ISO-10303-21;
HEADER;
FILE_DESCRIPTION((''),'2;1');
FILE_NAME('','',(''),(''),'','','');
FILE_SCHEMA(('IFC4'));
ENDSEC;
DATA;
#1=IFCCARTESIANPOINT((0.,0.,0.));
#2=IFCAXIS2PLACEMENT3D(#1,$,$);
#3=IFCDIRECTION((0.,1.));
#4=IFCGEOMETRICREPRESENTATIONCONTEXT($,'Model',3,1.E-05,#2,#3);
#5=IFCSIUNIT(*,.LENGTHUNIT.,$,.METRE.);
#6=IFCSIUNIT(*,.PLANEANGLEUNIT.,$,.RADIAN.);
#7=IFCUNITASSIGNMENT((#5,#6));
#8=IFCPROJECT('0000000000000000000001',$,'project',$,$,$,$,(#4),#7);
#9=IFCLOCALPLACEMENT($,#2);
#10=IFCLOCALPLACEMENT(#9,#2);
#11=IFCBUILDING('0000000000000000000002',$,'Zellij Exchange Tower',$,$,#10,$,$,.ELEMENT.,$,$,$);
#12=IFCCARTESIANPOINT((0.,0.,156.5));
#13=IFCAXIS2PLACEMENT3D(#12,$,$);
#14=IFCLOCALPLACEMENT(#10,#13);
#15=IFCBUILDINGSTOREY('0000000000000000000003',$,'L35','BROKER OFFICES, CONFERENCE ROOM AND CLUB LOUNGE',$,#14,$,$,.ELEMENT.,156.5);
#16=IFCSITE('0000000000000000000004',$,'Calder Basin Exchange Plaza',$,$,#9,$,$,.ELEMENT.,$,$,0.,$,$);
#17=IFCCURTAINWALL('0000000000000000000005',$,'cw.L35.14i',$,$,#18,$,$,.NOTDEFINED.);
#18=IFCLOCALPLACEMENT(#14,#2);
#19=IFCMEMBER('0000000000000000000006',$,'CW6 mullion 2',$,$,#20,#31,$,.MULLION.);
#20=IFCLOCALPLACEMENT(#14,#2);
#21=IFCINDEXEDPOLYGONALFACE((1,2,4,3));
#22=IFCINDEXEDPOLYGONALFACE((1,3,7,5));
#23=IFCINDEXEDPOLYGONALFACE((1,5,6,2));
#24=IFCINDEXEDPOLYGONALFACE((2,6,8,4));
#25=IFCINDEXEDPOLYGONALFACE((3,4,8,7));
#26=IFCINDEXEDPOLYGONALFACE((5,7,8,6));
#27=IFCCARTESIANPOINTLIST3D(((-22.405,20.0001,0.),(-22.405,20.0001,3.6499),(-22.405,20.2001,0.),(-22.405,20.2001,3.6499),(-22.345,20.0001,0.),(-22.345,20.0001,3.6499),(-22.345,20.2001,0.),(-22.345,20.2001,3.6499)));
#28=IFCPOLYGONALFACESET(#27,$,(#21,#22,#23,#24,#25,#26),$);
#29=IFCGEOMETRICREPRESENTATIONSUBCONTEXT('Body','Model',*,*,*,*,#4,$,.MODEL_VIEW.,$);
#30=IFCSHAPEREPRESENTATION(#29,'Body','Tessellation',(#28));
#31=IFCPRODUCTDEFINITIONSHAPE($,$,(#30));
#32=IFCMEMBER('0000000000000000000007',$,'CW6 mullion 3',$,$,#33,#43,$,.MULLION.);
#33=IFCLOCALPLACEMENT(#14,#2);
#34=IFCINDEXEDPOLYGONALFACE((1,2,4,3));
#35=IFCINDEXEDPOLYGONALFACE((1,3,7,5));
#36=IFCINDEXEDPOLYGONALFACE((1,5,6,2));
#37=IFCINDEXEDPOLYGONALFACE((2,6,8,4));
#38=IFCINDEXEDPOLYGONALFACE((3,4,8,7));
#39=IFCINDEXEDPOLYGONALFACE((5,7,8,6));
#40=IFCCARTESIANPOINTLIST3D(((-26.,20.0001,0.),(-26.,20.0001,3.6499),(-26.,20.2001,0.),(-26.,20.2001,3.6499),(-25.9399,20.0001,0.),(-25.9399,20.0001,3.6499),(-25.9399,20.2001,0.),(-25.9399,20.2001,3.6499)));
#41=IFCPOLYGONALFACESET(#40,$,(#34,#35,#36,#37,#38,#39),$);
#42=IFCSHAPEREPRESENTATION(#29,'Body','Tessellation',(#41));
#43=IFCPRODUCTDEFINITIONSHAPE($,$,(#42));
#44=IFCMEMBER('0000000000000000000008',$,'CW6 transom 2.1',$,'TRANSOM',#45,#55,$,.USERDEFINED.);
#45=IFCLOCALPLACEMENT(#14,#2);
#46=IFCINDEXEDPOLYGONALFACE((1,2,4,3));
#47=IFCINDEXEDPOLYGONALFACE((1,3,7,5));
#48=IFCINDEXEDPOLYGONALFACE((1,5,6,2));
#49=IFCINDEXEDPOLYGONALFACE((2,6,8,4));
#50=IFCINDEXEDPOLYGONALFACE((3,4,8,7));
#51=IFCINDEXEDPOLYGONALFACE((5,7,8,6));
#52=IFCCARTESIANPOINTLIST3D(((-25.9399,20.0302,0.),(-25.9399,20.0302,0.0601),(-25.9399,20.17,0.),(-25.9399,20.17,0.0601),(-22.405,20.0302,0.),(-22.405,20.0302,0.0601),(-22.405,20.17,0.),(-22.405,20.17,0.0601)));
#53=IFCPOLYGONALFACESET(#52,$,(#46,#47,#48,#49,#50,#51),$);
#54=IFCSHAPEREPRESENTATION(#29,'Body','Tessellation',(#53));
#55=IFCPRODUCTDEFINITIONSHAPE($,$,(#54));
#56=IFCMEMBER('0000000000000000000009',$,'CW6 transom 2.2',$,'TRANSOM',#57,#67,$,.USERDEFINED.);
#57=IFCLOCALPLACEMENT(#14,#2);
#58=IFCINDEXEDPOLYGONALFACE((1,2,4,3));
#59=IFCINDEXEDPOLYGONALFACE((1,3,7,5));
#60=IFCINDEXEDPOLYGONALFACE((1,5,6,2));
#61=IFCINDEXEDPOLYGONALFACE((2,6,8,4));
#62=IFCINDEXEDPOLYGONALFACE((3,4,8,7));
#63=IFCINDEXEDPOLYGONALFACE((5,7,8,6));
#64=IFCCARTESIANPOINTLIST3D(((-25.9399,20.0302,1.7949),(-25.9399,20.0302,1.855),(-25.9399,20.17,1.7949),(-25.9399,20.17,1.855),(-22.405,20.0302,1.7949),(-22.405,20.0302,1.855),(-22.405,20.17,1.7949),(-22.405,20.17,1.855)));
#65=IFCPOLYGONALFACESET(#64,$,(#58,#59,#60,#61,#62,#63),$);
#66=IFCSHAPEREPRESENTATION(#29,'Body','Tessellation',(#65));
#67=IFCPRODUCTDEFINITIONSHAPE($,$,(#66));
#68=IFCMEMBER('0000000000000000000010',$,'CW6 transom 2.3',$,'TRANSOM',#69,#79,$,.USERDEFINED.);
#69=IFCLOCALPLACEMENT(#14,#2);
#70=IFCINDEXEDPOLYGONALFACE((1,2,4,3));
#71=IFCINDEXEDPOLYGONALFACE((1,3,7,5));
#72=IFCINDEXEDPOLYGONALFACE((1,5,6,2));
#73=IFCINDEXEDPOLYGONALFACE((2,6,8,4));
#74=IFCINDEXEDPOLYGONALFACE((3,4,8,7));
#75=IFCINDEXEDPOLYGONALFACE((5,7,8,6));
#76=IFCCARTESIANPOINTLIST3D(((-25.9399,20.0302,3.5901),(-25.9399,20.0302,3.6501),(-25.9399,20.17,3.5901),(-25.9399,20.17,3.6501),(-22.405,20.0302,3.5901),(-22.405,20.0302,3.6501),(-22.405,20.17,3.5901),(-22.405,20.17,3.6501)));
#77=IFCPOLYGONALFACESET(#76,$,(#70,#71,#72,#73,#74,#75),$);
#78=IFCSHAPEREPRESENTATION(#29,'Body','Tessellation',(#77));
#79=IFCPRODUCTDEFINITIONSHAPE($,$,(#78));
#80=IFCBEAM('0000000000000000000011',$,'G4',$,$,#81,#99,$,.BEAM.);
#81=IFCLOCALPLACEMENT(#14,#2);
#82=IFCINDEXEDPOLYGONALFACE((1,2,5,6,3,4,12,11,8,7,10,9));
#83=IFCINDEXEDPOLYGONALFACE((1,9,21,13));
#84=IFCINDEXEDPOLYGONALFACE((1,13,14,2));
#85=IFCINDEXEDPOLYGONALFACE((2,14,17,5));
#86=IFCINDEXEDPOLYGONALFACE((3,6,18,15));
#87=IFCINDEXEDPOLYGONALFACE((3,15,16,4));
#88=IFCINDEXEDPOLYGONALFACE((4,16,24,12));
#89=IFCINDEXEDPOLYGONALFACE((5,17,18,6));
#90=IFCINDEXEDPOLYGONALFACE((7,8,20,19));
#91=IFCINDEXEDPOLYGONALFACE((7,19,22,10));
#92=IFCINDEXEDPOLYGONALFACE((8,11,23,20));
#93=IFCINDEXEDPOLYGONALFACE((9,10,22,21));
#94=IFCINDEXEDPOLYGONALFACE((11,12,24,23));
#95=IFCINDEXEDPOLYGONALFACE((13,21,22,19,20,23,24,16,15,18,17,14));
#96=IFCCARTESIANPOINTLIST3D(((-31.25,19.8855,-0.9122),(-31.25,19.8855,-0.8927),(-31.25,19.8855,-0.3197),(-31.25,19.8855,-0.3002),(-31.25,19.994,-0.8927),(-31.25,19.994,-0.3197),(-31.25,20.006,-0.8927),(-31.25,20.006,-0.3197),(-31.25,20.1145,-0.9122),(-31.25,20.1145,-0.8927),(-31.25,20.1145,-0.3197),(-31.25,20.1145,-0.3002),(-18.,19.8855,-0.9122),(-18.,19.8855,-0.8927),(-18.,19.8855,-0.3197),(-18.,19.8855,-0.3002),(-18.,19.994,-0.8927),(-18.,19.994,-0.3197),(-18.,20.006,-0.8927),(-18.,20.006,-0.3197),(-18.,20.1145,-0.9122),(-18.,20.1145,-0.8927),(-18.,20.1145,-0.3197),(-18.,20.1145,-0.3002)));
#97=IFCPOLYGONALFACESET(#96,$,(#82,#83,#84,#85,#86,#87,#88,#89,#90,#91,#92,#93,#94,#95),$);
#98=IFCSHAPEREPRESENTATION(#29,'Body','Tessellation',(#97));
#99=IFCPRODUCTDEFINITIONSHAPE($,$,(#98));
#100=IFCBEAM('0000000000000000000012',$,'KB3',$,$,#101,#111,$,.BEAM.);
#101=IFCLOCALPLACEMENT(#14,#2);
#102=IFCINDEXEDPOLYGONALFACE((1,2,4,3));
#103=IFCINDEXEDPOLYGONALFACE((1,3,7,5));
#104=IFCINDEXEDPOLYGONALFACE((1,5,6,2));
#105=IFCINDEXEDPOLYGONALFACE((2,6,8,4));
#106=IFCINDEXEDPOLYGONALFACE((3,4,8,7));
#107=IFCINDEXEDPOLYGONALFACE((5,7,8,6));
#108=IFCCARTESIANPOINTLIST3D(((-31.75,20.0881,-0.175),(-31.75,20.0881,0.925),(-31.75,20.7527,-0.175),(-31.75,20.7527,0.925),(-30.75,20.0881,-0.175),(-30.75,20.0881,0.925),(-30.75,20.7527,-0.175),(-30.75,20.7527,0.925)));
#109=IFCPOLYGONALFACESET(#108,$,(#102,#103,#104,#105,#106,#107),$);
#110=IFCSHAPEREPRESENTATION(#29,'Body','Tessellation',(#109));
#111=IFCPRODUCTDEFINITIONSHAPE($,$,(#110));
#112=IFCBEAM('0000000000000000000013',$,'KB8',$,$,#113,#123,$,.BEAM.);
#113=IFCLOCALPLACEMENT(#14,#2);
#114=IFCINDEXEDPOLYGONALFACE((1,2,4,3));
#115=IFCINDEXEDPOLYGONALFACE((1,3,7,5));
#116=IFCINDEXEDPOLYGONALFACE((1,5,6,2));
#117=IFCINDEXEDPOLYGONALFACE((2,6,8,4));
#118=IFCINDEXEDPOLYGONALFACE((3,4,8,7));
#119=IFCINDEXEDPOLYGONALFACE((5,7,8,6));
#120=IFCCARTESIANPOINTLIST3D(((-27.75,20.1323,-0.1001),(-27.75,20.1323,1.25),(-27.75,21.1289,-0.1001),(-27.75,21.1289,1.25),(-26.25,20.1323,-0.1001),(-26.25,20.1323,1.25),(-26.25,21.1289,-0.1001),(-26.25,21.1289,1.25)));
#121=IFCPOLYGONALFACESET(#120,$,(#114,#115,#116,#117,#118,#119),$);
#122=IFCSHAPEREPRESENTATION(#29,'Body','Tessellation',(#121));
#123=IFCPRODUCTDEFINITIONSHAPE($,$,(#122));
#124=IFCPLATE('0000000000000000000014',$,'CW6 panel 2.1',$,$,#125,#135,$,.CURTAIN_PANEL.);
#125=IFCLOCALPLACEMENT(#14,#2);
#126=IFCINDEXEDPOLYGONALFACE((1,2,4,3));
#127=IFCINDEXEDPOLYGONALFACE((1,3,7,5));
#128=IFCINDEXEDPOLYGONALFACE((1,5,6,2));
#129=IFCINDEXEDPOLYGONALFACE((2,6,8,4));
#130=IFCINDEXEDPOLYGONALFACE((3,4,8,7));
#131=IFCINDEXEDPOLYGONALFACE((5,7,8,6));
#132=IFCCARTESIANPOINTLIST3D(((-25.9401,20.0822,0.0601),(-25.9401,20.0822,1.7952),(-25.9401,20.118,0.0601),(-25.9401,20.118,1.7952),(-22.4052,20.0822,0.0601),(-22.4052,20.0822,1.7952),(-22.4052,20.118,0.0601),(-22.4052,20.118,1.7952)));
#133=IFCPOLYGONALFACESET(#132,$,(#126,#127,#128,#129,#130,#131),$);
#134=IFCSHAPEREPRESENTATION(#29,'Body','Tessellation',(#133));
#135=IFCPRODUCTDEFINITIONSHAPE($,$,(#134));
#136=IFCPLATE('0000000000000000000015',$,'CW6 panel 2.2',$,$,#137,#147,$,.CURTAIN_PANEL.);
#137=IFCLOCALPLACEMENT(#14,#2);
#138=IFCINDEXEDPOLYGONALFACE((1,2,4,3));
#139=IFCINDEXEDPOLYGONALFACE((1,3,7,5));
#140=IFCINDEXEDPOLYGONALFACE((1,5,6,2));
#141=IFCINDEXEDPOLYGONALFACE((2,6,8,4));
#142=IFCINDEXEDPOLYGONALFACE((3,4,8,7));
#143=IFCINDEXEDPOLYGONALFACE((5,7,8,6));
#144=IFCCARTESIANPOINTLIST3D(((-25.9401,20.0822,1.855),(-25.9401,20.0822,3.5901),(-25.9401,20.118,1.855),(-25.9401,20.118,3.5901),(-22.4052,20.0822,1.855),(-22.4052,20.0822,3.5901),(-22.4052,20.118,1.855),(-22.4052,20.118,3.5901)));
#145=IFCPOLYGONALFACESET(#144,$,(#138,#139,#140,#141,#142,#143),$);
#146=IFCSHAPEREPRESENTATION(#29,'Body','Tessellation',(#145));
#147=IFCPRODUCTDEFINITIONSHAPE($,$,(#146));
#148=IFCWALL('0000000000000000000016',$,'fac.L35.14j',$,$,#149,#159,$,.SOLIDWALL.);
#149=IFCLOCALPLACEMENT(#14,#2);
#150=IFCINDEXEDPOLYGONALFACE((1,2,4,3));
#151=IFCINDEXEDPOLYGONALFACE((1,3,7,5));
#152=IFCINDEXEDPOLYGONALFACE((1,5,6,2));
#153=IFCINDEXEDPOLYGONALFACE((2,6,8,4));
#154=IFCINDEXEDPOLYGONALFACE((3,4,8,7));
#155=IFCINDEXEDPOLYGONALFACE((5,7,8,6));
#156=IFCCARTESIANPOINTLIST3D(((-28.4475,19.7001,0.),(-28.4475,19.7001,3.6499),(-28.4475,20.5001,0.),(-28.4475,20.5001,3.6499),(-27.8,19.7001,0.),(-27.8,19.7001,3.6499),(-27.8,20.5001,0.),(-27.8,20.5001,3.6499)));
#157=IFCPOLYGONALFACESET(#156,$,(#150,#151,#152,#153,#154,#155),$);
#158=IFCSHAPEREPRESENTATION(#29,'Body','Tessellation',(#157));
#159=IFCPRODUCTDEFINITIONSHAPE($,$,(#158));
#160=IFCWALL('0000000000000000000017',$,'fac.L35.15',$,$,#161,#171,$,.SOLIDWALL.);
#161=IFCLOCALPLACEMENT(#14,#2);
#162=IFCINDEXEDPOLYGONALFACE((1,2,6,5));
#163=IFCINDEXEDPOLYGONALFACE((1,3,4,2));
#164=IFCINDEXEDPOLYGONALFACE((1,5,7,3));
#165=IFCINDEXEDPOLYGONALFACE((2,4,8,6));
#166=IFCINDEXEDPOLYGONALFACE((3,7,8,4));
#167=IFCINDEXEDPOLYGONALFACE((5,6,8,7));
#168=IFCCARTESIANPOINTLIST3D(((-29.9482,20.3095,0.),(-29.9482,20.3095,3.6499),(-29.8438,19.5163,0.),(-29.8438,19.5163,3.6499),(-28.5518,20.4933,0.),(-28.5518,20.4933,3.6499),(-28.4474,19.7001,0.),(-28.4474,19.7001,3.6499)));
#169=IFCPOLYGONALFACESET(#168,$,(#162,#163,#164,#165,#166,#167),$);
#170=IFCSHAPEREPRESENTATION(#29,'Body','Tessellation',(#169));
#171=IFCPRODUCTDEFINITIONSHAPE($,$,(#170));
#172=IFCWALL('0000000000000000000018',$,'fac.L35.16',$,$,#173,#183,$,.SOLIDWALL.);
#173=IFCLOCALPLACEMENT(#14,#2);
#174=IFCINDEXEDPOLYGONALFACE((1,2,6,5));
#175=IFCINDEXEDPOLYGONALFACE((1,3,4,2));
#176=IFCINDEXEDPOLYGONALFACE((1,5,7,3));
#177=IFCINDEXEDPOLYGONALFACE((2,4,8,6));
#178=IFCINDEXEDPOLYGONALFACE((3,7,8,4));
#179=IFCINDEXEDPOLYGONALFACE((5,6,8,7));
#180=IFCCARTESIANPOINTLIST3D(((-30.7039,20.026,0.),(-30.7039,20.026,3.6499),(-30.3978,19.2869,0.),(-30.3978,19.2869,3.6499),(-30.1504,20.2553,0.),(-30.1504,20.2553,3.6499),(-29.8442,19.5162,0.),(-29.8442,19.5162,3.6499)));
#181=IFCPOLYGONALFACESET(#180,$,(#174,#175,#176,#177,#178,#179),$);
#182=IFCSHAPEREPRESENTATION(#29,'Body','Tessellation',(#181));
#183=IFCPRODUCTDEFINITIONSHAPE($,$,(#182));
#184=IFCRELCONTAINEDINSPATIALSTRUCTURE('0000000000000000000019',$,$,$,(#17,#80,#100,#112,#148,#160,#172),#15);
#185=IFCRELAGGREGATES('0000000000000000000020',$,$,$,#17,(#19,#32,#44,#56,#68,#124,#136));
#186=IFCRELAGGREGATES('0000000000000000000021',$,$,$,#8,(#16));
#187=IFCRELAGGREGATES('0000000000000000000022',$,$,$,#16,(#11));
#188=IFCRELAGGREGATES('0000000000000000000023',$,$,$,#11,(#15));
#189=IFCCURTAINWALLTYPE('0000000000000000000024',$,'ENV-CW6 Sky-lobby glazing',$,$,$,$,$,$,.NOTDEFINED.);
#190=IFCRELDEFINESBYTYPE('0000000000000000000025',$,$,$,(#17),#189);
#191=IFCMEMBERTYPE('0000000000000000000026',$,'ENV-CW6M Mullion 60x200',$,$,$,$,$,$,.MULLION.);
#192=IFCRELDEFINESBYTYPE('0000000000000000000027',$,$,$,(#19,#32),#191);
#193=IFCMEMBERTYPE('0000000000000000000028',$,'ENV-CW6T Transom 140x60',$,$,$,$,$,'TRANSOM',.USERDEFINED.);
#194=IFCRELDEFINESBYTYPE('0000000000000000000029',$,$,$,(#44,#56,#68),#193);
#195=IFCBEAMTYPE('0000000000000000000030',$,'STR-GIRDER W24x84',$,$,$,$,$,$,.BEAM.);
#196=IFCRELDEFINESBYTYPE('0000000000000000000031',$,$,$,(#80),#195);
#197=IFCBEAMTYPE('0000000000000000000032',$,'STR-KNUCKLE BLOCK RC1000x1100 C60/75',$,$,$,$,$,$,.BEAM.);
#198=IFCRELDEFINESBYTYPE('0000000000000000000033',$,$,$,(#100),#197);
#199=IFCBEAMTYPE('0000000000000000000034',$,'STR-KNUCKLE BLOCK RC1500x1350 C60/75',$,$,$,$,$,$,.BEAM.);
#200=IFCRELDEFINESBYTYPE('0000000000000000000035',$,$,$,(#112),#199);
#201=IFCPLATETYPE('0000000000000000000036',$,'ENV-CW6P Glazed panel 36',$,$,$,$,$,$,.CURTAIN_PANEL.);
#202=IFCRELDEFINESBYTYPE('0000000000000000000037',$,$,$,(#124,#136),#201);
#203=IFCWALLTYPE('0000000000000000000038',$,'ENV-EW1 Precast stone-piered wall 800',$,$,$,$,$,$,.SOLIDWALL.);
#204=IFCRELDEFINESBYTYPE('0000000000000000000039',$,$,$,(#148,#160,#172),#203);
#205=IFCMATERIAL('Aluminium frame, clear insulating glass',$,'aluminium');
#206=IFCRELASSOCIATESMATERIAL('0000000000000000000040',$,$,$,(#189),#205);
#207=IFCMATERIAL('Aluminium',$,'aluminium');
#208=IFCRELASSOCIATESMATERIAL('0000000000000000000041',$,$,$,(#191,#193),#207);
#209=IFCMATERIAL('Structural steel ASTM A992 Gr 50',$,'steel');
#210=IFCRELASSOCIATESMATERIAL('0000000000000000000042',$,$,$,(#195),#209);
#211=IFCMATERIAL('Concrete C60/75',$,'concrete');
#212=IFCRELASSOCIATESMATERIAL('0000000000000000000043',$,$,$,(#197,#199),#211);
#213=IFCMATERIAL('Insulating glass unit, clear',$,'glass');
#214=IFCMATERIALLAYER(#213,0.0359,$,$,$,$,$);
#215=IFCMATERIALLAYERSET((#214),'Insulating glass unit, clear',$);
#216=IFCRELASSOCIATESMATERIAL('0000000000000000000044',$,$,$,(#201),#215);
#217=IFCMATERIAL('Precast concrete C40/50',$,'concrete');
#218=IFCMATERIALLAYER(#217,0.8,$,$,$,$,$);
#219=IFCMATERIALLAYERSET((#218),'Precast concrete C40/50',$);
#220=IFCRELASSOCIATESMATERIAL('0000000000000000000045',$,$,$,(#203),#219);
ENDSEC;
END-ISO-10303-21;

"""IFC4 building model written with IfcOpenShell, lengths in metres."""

from ifc_helpers import new_model, si_unit, direction, frame, frame_2d, origin, origin_2d, place, context, subcontext, project, spatial, rectangle, i_section, extrude, material, layer, layer_set, material_profile, profile_set, type_object, element, aggregate, save


model = new_model("IFC4")

# Units and contexts
model_context = context("Model", 3, precision=1e-05, world=origin(), true_north=direction((0.0, 1.0)))
body_context = subcontext(model_context, "Body", "Model", "MODEL_VIEW")
ifc_project = project(units=[si_unit("LENGTHUNIT", "METRE"), si_unit("PLANEANGLEUNIT", "RADIAN")], contexts=[model_context])

# Site, building, storey
site_placement = place(None, origin())
site = spatial("IfcSite", under=ifc_project, at=site_placement, Name="Calder Basin Exchange Plaza", CompositionType="ELEMENT", RefElevation=0.0)
building_placement = place(site_placement, origin())
building = spatial("IfcBuilding", under=site, at=building_placement, Name="Zellij Exchange Tower", CompositionType="ELEMENT")
storey_placement = place(building_placement, frame((0.0, 0.0, 156.5)))
storey = spatial("IfcBuildingStorey", under=building, at=storey_placement, Name="L35", Description="BROKER OFFICES, CONFERENCE ROOM AND CLUB LOUNGE", CompositionType="ELEMENT", Elevation=156.5)

# Shared definitions
ifc_material_1 = material(Name="Concrete C60/75", Category="concrete")

# Curtain wall, members
ifc_material_2 = material(Name="Aluminium frame, clear insulating glass", Category="aluminium")
curtain_wall_type = type_object("IfcCurtainWallType", Name="ENV-CW6 Sky-lobby glazing", PredefinedType="NOTDEFINED", material=ifc_material_2)
curtain_wall_placement = place(storey_placement, origin())
curtain_wall = element("IfcCurtainWall", 1, at=curtain_wall_placement, inside=storey, type_object=curtain_wall_type, Name="cw.L35.14i", PredefinedType="NOTDEFINED")
ifc_material_3 = material(Name="Aluminium", Category="aluminium")
ifc_material_profile_1 = material_profile(ifc_material_3, rectangle(XDim=0.0601, YDim=0.2, at=origin_2d()), Name="AL 60x200")
ifc_profile_set_1 = profile_set([ifc_material_profile_1], Name="Aluminium")
member_type_1 = type_object("IfcMemberType", Name="ENV-CW6M Mullion 60x200", PredefinedType="MULLION", material=ifc_profile_set_1)
member_1_placement = place(storey_placement, frame((-22.375, 20.1001, 0.0), z_axis=(0.0, 0.0, 1.0), x_axis=(-1.0, 0.0, 0.0)))
member_1 = element("IfcMember", 2, at=member_1_placement, type_object=member_type_1, Name="CW6 mullion 2", PredefinedType="MULLION", context=body_context, shape_type="SweptSolid", body=[
    extrude(rectangle(XDim=0.0601, YDim=0.2, at=origin_2d()), origin(), (0.0, 0.0, 1.0), 3.6499),
])
member_2_placement = place(storey_placement, frame((-25.97, 20.1001, 0.0), z_axis=(0.0, 0.0, 1.0), x_axis=(-1.0, 0.0, 0.0)))
member_2 = element("IfcMember", 3, at=member_2_placement, type_object=member_type_1, Name="CW6 mullion 3", PredefinedType="MULLION", context=body_context, shape_type="SweptSolid", body=[
    extrude(rectangle(XDim=0.0601, YDim=0.2, at=origin_2d()), origin(), (0.0, 0.0, 1.0), 3.6499),
])
ifc_material_profile_2 = material_profile(ifc_material_3, rectangle(XDim=0.1399, YDim=0.0601, at=origin_2d()), Name="AL 140x60")
ifc_profile_set_2 = profile_set([ifc_material_profile_2], Name="Aluminium")
member_type_2 = type_object("IfcMemberType", Name="ENV-CW6T Transom 140x60", ElementType="TRANSOM", PredefinedType="USERDEFINED", material=ifc_profile_set_2)
member_3_placement = place(storey_placement, frame((-22.405, 20.1001, 0.03), z_axis=(-1.0, 0.0, 0.0), x_axis=(0.0, -1.0, 0.0)))
member_3 = element("IfcMember", 4, at=member_3_placement, type_object=member_type_2, Name="CW6 transom 2.1", ObjectType="TRANSOM", PredefinedType="USERDEFINED", context=body_context, shape_type="SweptSolid", body=[
    extrude(rectangle(XDim=0.1399, YDim=0.0601, at=origin_2d()), origin(), (0.0, 0.0, 1.0), 3.5349),
])
member_4_placement = place(storey_placement, frame((-22.405, 20.1001, 1.825), z_axis=(-1.0, 0.0, 0.0), x_axis=(0.0, -1.0, 0.0)))
member_4 = element("IfcMember", 5, at=member_4_placement, type_object=member_type_2, Name="CW6 transom 2.2", ObjectType="TRANSOM", PredefinedType="USERDEFINED", context=body_context, shape_type="SweptSolid", body=[
    extrude(rectangle(XDim=0.1399, YDim=0.0601, at=origin_2d()), origin(), (0.0, 0.0, 1.0), 3.5349),
])
member_5_placement = place(storey_placement, frame((-22.405, 20.1001, 3.6201), z_axis=(-1.0, 0.0, 0.0), x_axis=(0.0, -1.0, 0.0)))
member_5 = element("IfcMember", 6, at=member_5_placement, type_object=member_type_2, Name="CW6 transom 2.3", ObjectType="TRANSOM", PredefinedType="USERDEFINED", context=body_context, shape_type="SweptSolid", body=[
    extrude(rectangle(XDim=0.1399, YDim=0.0601, at=origin_2d()), origin(), (0.0, 0.0, 1.0), 3.5349),
])

# Beams
ifc_material_4 = material(Name="Structural steel ASTM A992 Gr 50", Category="steel")
ifc_material_profile_3 = material_profile(ifc_material_4, i_section(OverallWidth=0.229, OverallDepth=0.6121, WebThickness=0.012, FlangeThickness=0.0195, at=origin_2d()), Name="W24x84")
ifc_profile_set_3 = profile_set([ifc_material_profile_3], Name="Structural steel ASTM A992 Gr 50")
beam_type_1 = type_object("IfcBeamType", Name="STR-GIRDER W24x84", PredefinedType="BEAM", material=ifc_profile_set_3)
beam_1_placement = place(storey_placement, frame((-31.25, 20.0, -0.6062), z_axis=(1.0, 0.0, 0.0), x_axis=(0.0, 1.0, 0.0)))
element("IfcBeam", 7, at=beam_1_placement, inside=storey, type_object=beam_type_1, Name="G4", PredefinedType="BEAM", context=body_context, shape_type="SweptSolid", body=[
    extrude(i_section(OverallWidth=0.229, OverallDepth=0.6121, WebThickness=0.012, FlangeThickness=0.0195, at=origin_2d()), origin(), (0.0, 0.0, 1.0), 13.25),
])
ifc_material_profile_4 = material_profile(ifc_material_1, rectangle(XDim=1.0, YDim=1.1001, at=origin_2d()), Name="STR-KNUCKLE BLOCK RC1000x1100 C60/75")
ifc_profile_set_4 = profile_set([ifc_material_profile_4], Name="Concrete C60/75")
beam_type_2 = type_object("IfcBeamType", Name="STR-KNUCKLE BLOCK RC1000x1100 C60/75", PredefinedType="BEAM", material=ifc_profile_set_4)
beam_2_placement = place(storey_placement, frame((-31.25, 20.0881, 0.375), z_axis=(0.0, 1.0, 0.0), x_axis=(-1.0, 0.0, 0.0)))
element("IfcBeam", 8, at=beam_2_placement, inside=storey, type_object=beam_type_2, Name="KB3", PredefinedType="BEAM", context=body_context, shape_type="SweptSolid", body=[
    extrude(rectangle(XDim=1.0, YDim=1.1001, at=origin_2d()), origin(), (0.0, 0.0, 1.0), 0.6646),
])
ifc_material_profile_5 = material_profile(ifc_material_1, rectangle(XDim=1.5, YDim=1.3501, at=origin_2d()), Name="STR-KNUCKLE BLOCK RC1500x1350 C60/75")
ifc_profile_set_5 = profile_set([ifc_material_profile_5], Name="Concrete C60/75")
beam_type_3 = type_object("IfcBeamType", Name="STR-KNUCKLE BLOCK RC1500x1350 C60/75", PredefinedType="BEAM", material=ifc_profile_set_5)
beam_3_placement = place(storey_placement, frame((-27.0, 20.1323, 0.575), z_axis=(0.0, 1.0, 0.0), x_axis=(-1.0, 0.0, 0.0)))
element("IfcBeam", 9, at=beam_3_placement, inside=storey, type_object=beam_type_3, Name="KB8", PredefinedType="BEAM", context=body_context, shape_type="SweptSolid", body=[
    extrude(rectangle(XDim=1.5, YDim=1.3501, at=origin_2d()), origin(), (0.0, 0.0, 1.0), 0.9966),
])

# Plates
ifc_material_5 = material(Name="Insulating glass unit, clear", Category="glass")
ifc_layer_1 = layer(ifc_material_5, 0.0359)
ifc_layer_set_1 = layer_set([ifc_layer_1], Name="Insulating glass unit, clear")
plate_type = type_object("IfcPlateType", Name="ENV-CW6P Glazed panel 36", PredefinedType="CURTAIN_PANEL", material=ifc_layer_set_1)
plate_1_placement = place(storey_placement, frame((-24.1726, 20.1001, 0.0601), z_axis=(0.0, 0.0, 1.0), x_axis=(-1.0, 0.0, 0.0)))
plate_1 = element("IfcPlate", 10, at=plate_1_placement, type_object=plate_type, Name="CW6 panel 2.1", PredefinedType="CURTAIN_PANEL", context=body_context, shape_type="SweptSolid", body=[
    extrude(rectangle(XDim=3.5349, YDim=0.0359, at=origin_2d()), origin(), (0.0, 0.0, 1.0), 1.7351),
])
plate_2_placement = place(storey_placement, frame((-24.1726, 20.1001, 1.855), z_axis=(0.0, 0.0, 1.0), x_axis=(-1.0, 0.0, 0.0)))
plate_2 = element("IfcPlate", 11, at=plate_2_placement, type_object=plate_type, Name="CW6 panel 2.2", PredefinedType="CURTAIN_PANEL", context=body_context, shape_type="SweptSolid", body=[
    extrude(rectangle(XDim=3.5349, YDim=0.0359, at=origin_2d()), origin(), (0.0, 0.0, 1.0), 1.7351),
])
aggregate(curtain_wall, [member_1, member_2, member_3, member_4, member_5, plate_1, plate_2])

# Walls
ifc_material_6 = material(Name="Precast concrete C40/50", Category="concrete")
ifc_layer_2 = layer(ifc_material_6, 0.8)
ifc_layer_set_2 = layer_set([ifc_layer_2], Name="Precast concrete C40/50")
wall_type_1 = type_object("IfcWallType", Name="ENV-EW1 Precast stone-piered wall 800", PredefinedType="SOLIDWALL", material=ifc_layer_set_2)
wall_1_placement = place(storey_placement, frame((-27.8, 20.1001, 0.0), z_axis=(0.0, 0.0, 1.0), x_axis=(-1.0, 0.0, 0.0)))
element("IfcWall", 12, at=wall_1_placement, inside=storey, type_object=wall_type_1, Name="fac.L35.14j", PredefinedType="SOLIDWALL", context=body_context, shape_type="SweptSolid", body=[
    extrude(rectangle(XDim=0.6475, YDim=0.8, at=frame_2d((0.3237, 0.0))), origin(), (0.0, 0.0, 1.0), 3.6499),
])
wall_2_placement = place(storey_placement, frame((-28.4998, 20.0967, 0.0), z_axis=(0.0, 0.0, 1.0), x_axis=(-0.991446, -0.130517, 0.0)))
element("IfcWall", 13, at=wall_2_placement, inside=storey, type_object=wall_type_1, Name="fac.L35.15", PredefinedType="SOLIDWALL", context=body_context, shape_type="SweptSolid", body=[
    extrude(rectangle(XDim=1.4084, YDim=0.8, at=frame_2d((0.7041, 0.0))), origin(), (0.0, 0.0, 1.0), 3.6499),
])
wall_3_placement = place(storey_placement, frame((-29.9973, 19.8857, 0.0), z_axis=(0.0, 0.0, 1.0), x_axis=(-0.923883, -0.382676, 0.0)))
element("IfcWall", 14, at=wall_3_placement, inside=storey, type_object=wall_type_1, Name="fac.L35.16", PredefinedType="SOLIDWALL", context=body_context, shape_type="SweptSolid", body=[
    extrude(rectangle(XDim=0.5991, YDim=0.8, at=frame_2d((0.2996, 0.0))), origin(), (0.0, 0.0, 1.0), 3.6499),
])

save(model, "model.ifc")
